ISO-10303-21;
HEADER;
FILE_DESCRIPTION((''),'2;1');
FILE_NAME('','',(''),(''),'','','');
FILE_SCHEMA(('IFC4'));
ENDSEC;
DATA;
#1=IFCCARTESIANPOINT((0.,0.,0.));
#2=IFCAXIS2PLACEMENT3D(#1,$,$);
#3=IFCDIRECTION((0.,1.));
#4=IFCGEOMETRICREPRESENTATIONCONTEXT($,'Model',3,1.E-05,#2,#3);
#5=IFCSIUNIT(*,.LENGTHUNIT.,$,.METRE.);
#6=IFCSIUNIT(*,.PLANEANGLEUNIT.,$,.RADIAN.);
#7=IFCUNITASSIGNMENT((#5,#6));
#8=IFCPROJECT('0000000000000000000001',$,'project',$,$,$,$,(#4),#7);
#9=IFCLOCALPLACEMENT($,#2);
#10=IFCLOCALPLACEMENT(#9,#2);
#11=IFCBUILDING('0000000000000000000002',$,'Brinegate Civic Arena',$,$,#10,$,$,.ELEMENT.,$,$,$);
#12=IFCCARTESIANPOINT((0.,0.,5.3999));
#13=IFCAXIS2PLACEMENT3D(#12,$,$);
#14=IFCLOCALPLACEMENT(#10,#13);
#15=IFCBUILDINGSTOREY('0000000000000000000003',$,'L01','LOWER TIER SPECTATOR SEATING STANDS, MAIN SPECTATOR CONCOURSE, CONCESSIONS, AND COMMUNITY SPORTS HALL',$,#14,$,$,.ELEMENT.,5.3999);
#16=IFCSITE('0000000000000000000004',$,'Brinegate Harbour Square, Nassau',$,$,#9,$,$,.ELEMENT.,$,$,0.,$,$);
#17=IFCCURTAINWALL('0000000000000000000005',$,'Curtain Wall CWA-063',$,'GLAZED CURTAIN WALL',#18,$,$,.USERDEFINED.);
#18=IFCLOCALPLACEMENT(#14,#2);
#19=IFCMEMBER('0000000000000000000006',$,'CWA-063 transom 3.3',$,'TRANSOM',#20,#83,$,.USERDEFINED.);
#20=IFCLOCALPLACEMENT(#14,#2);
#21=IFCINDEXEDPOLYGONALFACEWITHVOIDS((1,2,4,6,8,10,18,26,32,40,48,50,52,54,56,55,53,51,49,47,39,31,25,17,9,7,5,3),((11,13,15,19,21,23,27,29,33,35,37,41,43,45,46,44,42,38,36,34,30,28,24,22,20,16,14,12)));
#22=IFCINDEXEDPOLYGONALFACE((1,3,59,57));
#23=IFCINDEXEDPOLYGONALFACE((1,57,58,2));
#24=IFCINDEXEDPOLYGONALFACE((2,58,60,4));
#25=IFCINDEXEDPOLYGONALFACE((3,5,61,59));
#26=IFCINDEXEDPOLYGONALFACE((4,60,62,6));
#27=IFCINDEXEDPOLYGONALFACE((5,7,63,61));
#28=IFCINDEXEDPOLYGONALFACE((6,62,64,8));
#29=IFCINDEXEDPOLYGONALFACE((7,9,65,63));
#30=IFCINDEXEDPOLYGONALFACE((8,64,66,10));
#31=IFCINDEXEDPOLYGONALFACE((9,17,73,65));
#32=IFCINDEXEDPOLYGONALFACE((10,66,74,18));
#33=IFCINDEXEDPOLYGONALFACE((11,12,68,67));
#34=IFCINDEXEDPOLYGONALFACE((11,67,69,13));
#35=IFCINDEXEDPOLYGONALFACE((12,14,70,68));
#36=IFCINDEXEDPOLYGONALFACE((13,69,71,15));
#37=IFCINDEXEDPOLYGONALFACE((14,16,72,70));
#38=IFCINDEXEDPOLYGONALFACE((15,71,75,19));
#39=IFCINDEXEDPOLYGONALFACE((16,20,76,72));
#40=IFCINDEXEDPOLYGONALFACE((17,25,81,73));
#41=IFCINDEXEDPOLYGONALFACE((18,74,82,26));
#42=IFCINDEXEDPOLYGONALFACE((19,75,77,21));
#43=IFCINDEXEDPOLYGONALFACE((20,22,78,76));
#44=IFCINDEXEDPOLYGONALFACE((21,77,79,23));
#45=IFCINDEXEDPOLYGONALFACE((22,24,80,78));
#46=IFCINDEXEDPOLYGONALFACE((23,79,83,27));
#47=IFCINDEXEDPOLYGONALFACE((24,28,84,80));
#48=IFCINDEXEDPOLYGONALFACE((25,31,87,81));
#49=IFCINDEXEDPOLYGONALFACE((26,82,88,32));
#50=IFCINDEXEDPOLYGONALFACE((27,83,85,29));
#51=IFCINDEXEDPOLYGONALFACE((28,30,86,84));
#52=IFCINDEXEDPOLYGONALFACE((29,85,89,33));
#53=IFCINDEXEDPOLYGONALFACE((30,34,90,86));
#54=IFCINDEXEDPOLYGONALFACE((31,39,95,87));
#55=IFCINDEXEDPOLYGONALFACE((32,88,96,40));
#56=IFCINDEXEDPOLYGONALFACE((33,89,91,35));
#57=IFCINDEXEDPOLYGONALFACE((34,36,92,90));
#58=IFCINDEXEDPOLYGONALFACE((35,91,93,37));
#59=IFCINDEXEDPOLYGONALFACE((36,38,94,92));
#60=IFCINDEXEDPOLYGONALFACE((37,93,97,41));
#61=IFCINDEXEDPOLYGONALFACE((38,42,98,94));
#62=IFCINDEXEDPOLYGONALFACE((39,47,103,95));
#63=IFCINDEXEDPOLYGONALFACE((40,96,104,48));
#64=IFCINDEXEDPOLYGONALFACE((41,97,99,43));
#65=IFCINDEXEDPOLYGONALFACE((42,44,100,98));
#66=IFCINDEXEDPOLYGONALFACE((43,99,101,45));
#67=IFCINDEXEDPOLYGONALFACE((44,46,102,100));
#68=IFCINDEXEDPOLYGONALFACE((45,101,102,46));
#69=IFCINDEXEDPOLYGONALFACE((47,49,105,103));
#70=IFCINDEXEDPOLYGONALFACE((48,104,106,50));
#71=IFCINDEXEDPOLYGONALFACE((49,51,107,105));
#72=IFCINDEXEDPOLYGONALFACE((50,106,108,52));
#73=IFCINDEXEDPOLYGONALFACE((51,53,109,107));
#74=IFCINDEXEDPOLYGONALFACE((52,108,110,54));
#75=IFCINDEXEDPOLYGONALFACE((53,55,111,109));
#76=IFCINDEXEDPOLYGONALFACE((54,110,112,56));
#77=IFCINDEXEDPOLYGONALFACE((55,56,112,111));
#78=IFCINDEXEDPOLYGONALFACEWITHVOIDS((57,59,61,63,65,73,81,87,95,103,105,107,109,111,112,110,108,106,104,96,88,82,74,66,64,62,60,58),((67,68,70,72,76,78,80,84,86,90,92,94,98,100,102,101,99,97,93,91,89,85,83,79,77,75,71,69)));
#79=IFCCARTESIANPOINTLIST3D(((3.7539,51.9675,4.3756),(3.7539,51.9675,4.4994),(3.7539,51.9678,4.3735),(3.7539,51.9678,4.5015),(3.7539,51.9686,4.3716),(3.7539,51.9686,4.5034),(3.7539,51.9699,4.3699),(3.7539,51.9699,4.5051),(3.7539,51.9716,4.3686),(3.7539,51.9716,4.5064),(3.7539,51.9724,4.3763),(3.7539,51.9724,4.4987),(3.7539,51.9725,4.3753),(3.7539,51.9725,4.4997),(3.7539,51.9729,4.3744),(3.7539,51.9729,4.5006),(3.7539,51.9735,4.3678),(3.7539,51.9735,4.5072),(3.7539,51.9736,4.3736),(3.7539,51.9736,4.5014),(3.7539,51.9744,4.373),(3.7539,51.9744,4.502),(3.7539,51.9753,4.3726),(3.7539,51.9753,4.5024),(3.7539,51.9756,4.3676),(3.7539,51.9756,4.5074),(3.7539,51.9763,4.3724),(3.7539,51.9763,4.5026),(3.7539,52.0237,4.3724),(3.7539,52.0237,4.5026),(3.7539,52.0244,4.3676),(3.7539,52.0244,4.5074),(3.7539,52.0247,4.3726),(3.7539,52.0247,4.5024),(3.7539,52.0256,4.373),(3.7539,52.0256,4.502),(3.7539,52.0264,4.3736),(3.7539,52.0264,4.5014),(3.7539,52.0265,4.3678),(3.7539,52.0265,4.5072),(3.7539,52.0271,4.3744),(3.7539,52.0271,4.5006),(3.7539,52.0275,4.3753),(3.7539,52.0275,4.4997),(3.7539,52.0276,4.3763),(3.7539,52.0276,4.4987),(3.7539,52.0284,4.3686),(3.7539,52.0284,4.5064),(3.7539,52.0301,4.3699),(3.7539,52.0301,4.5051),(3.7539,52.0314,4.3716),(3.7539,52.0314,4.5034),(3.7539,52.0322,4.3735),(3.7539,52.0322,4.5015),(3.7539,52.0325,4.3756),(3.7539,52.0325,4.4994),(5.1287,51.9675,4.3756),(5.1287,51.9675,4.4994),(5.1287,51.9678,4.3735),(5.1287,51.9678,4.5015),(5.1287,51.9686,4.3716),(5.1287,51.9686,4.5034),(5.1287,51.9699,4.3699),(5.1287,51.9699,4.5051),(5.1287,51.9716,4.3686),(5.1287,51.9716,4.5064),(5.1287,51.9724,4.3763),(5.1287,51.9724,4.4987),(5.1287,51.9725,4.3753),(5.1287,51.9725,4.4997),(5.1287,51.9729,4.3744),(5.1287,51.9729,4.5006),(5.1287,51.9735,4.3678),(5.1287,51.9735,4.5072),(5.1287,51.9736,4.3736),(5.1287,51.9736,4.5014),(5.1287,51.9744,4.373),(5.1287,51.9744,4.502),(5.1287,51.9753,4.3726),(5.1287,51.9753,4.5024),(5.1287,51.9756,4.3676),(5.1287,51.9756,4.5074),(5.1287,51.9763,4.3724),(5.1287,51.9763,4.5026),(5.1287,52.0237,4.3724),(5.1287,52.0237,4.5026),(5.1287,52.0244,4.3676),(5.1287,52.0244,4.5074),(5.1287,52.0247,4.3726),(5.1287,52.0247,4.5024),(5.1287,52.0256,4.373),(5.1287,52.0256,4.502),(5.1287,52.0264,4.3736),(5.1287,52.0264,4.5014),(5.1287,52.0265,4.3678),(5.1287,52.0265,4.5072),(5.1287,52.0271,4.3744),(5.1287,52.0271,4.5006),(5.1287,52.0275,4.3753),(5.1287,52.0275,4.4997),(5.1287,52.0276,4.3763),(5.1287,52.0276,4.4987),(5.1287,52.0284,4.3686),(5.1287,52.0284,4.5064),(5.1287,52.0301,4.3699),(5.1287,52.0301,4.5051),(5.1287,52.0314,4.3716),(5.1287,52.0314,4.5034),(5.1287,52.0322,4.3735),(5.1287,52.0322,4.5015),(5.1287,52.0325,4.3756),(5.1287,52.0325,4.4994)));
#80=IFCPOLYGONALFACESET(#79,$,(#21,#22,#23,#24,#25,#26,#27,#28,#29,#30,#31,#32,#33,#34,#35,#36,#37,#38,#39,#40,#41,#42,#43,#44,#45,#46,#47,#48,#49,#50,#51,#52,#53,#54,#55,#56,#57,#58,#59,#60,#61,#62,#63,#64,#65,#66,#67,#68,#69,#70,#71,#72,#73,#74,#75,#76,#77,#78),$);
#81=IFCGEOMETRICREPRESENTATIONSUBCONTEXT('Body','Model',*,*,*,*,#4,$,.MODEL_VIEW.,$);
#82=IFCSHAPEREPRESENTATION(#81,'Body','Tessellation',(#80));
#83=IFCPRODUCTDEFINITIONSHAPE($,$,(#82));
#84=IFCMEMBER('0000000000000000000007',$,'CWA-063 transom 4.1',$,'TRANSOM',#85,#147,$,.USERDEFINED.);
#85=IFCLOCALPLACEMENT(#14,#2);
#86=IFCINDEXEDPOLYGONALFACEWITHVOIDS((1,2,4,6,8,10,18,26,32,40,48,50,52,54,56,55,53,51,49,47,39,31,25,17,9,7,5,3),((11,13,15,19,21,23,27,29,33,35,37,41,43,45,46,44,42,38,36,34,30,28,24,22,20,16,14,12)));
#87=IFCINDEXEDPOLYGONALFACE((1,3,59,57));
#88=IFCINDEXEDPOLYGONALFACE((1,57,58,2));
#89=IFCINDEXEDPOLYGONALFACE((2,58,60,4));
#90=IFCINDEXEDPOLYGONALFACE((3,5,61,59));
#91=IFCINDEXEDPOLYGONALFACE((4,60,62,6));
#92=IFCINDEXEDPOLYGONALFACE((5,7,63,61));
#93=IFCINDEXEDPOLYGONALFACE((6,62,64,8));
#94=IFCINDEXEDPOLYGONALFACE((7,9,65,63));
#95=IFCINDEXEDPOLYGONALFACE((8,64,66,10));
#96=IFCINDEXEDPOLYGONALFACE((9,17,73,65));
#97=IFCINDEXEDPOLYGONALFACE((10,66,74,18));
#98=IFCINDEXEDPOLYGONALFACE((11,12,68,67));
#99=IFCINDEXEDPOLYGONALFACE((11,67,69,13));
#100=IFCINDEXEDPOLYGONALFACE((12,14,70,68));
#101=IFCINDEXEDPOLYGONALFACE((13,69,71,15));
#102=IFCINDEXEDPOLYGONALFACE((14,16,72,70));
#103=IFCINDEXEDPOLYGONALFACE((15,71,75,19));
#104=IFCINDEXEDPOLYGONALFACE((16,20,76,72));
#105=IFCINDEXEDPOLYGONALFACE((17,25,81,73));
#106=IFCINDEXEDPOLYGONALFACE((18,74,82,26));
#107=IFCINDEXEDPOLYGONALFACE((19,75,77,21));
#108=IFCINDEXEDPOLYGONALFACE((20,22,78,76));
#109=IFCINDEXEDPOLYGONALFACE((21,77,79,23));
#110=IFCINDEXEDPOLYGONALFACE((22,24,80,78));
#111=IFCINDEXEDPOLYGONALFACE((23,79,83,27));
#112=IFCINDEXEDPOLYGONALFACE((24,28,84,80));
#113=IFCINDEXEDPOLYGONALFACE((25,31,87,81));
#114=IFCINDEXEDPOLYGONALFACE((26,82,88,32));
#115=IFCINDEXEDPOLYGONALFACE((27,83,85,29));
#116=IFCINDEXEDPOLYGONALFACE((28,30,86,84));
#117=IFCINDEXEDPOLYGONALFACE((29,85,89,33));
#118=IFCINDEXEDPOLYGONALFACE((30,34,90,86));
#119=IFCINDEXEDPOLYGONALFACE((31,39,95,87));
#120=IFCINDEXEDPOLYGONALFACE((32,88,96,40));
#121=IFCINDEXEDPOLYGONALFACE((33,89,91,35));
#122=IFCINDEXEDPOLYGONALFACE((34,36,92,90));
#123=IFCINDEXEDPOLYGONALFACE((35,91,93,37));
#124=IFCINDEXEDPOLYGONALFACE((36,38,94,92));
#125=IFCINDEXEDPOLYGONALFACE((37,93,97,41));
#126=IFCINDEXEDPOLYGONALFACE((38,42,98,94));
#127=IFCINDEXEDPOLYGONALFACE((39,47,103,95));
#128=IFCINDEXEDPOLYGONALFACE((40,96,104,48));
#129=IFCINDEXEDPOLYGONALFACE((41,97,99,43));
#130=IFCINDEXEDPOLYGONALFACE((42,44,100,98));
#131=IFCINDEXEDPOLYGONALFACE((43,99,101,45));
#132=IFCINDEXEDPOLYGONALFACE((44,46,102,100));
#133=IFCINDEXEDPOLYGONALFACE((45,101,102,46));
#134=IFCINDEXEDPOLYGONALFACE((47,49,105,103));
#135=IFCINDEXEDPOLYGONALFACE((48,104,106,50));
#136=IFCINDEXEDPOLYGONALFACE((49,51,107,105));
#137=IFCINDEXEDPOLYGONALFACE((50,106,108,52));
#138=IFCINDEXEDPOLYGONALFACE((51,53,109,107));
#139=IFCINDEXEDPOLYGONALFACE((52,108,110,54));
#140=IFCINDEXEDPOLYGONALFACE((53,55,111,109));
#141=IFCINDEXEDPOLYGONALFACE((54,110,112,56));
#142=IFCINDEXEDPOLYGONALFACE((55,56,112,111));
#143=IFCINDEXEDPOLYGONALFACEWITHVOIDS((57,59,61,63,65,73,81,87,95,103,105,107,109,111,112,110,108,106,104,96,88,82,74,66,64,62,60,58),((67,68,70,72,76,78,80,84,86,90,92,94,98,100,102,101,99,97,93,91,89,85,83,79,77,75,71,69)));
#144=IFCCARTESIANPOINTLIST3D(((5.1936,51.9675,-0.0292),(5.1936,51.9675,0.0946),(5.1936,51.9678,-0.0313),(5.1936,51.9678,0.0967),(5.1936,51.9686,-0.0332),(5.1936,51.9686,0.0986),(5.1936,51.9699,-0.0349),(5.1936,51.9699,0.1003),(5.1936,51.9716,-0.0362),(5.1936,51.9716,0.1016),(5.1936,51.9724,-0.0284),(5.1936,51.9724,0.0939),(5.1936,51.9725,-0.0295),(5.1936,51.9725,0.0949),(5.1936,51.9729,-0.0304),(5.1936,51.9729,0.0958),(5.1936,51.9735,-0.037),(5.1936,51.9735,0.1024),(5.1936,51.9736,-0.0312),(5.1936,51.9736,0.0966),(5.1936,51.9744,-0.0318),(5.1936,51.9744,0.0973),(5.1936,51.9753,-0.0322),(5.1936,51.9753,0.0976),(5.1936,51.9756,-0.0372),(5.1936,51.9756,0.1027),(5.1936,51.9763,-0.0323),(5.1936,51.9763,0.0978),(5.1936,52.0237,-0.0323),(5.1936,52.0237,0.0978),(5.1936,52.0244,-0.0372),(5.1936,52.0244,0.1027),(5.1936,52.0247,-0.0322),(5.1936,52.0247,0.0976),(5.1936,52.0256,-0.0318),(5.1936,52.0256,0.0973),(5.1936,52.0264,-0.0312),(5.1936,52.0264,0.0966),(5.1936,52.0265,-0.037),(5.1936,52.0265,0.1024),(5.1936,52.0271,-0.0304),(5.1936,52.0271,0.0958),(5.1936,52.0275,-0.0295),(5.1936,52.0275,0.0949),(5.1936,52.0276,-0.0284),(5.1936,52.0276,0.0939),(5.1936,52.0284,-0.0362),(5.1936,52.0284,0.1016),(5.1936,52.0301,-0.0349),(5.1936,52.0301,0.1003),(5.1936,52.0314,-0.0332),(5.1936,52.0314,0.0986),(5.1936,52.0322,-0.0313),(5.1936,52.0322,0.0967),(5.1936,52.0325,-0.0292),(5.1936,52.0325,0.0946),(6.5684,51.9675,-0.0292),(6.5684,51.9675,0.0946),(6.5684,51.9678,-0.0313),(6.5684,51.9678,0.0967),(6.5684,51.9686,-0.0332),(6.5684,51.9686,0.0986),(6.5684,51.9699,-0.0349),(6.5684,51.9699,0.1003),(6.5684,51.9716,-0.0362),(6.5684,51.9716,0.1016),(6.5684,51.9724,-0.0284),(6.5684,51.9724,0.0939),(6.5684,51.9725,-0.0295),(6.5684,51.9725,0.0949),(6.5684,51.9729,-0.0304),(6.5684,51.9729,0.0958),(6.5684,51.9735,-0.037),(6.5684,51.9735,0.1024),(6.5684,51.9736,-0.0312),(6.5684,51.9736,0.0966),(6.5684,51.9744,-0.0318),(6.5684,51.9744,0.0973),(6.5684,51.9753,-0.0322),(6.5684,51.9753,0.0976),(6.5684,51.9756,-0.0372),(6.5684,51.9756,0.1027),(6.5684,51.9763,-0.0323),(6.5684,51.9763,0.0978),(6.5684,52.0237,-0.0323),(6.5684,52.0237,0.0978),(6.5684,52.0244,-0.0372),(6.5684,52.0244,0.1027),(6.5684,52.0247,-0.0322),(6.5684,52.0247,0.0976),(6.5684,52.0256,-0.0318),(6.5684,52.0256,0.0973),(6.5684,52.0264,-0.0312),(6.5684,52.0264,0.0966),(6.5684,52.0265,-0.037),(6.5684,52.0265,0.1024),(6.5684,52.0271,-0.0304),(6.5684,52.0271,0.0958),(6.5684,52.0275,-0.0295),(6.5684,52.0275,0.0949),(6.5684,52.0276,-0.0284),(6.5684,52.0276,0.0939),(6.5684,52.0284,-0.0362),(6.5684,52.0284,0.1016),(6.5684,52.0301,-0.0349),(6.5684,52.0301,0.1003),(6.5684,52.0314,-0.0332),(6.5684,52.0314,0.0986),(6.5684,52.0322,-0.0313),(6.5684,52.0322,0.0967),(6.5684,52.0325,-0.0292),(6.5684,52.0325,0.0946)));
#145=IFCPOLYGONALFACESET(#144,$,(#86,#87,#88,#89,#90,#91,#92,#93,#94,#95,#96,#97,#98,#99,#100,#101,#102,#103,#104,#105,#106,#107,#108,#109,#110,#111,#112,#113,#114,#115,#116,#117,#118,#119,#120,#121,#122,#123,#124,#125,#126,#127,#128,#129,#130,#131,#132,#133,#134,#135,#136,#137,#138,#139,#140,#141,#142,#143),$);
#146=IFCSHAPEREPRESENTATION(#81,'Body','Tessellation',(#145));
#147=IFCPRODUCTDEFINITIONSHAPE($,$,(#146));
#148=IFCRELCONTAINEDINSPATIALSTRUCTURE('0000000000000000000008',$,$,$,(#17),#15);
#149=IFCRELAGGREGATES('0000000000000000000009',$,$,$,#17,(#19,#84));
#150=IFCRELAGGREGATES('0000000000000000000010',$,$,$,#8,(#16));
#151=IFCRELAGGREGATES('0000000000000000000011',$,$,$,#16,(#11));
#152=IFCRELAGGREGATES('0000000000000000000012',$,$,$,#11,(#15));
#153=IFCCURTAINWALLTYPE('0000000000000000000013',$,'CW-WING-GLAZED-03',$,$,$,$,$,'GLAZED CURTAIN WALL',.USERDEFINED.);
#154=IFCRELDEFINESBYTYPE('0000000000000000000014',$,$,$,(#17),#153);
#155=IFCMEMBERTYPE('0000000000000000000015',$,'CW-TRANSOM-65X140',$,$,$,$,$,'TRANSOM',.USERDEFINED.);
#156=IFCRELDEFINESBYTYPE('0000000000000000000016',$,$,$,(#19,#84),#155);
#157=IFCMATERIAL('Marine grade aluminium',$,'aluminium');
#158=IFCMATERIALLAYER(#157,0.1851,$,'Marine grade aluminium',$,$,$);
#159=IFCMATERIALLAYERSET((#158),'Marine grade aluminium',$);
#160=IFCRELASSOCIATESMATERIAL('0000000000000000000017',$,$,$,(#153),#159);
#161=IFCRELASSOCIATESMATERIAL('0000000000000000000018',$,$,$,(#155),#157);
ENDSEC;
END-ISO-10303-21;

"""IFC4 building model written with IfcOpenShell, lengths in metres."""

from ifc_helpers import new_model, si_unit, direction, frame, origin, origin_2d, place, context, subcontext, project, spatial, hollow_rectangle, extrude, material, layer, layer_set, material_profile, profile_set, type_object, element, aggregate, save


model = new_model("IFC4")

# Units and contexts
model_context = context("Model", 3, precision=1e-05, world=origin(), true_north=direction((0.0, 1.0)))
body_context = subcontext(model_context, "Body", "Model", "MODEL_VIEW")
ifc_project = project(units=[si_unit("LENGTHUNIT", "METRE"), si_unit("PLANEANGLEUNIT", "RADIAN")], contexts=[model_context])

# Site, building, storey
site_placement = place(None, origin())
site = spatial("IfcSite", under=ifc_project, at=site_placement, Name="Brinegate Harbour Square, Nassau", CompositionType="ELEMENT", RefElevation=0.0)
building_placement = place(site_placement, origin())
building = spatial("IfcBuilding", under=site, at=building_placement, Name="Brinegate Civic Arena", CompositionType="ELEMENT")
storey_placement = place(building_placement, frame((0.0, 0.0, 5.3999)))
storey = spatial("IfcBuildingStorey", under=building, at=storey_placement, Name="L01", Description="LOWER TIER SPECTATOR SEATING STANDS, MAIN SPECTATOR CONCOURSE, CONCESSIONS, AND COMMUNITY SPORTS HALL", CompositionType="ELEMENT", Elevation=5.3999)

# Curtain wall, members
ifc_material_1 = material(Name="Marine grade aluminium", Category="aluminium")
ifc_layer_1 = layer(ifc_material_1, 0.1851, Name="Marine grade aluminium")
ifc_layer_set_1 = layer_set([ifc_layer_1], Name="Marine grade aluminium")
curtain_wall_type = type_object("IfcCurtainWallType", Name="CW-WING-GLAZED-03", ElementType="GLAZED CURTAIN WALL", PredefinedType="USERDEFINED", material=ifc_layer_set_1)
curtain_wall_placement = place(storey_placement, origin())
curtain_wall = element("IfcCurtainWall", 1, at=curtain_wall_placement, inside=storey, type_object=curtain_wall_type, Name="Curtain Wall CWA-063", ObjectType="GLAZED CURTAIN WALL", PredefinedType="USERDEFINED")
ifc_material_profile_1 = material_profile(ifc_material_1, hollow_rectangle(XDim=0.0649, YDim=0.1399, WallThickness=0.0049, InnerFilletRadius=0.0039, OuterFilletRadius=0.0081, at=origin_2d()), Name="TRN65X140")
ifc_profile_set_1 = profile_set([ifc_material_profile_1], Name="Marine grade aluminium")
member_type_1 = type_object("IfcMemberType", Name="CW-TRANSOM-65X140", ElementType="TRANSOM", PredefinedType="USERDEFINED", material=ifc_profile_set_1)
member_1_placement = place(storey_placement, frame((3.7539, 52.0, 4.4375), z_axis=(1.0, 0.0, 0.0), x_axis=(0.0, 1.0, 0.0)))
member_1 = element("IfcMember", 2, at=member_1_placement, type_object=member_type_1, Name="CWA-063 transom 3.3", ObjectType="TRANSOM", PredefinedType="USERDEFINED", context=body_context, shape_type="SweptSolid", body=[
    extrude(hollow_rectangle(XDim=0.0649, YDim=0.1399, WallThickness=0.0049, InnerFilletRadius=0.0039, OuterFilletRadius=0.0081, at=origin_2d()), origin(), (0.0, 0.0, 1.0), 1.3748),
])
member_2_placement = place(storey_placement, frame((5.1936, 52.0, 0.0327), z_axis=(1.0, 0.0, 0.0), x_axis=(0.0, 1.0, 0.0)))
member_2 = element("IfcMember", 3, at=member_2_placement, type_object=member_type_1, Name="CWA-063 transom 4.1", ObjectType="TRANSOM", PredefinedType="USERDEFINED", context=body_context, shape_type="SweptSolid", body=[
    extrude(hollow_rectangle(XDim=0.0649, YDim=0.1399, WallThickness=0.0049, InnerFilletRadius=0.0039, OuterFilletRadius=0.0081, at=origin_2d()), origin(), (0.0, 0.0, 1.0), 1.3748),
])
aggregate(curtain_wall, [member_1, member_2])

save(model, "model.ifc")
